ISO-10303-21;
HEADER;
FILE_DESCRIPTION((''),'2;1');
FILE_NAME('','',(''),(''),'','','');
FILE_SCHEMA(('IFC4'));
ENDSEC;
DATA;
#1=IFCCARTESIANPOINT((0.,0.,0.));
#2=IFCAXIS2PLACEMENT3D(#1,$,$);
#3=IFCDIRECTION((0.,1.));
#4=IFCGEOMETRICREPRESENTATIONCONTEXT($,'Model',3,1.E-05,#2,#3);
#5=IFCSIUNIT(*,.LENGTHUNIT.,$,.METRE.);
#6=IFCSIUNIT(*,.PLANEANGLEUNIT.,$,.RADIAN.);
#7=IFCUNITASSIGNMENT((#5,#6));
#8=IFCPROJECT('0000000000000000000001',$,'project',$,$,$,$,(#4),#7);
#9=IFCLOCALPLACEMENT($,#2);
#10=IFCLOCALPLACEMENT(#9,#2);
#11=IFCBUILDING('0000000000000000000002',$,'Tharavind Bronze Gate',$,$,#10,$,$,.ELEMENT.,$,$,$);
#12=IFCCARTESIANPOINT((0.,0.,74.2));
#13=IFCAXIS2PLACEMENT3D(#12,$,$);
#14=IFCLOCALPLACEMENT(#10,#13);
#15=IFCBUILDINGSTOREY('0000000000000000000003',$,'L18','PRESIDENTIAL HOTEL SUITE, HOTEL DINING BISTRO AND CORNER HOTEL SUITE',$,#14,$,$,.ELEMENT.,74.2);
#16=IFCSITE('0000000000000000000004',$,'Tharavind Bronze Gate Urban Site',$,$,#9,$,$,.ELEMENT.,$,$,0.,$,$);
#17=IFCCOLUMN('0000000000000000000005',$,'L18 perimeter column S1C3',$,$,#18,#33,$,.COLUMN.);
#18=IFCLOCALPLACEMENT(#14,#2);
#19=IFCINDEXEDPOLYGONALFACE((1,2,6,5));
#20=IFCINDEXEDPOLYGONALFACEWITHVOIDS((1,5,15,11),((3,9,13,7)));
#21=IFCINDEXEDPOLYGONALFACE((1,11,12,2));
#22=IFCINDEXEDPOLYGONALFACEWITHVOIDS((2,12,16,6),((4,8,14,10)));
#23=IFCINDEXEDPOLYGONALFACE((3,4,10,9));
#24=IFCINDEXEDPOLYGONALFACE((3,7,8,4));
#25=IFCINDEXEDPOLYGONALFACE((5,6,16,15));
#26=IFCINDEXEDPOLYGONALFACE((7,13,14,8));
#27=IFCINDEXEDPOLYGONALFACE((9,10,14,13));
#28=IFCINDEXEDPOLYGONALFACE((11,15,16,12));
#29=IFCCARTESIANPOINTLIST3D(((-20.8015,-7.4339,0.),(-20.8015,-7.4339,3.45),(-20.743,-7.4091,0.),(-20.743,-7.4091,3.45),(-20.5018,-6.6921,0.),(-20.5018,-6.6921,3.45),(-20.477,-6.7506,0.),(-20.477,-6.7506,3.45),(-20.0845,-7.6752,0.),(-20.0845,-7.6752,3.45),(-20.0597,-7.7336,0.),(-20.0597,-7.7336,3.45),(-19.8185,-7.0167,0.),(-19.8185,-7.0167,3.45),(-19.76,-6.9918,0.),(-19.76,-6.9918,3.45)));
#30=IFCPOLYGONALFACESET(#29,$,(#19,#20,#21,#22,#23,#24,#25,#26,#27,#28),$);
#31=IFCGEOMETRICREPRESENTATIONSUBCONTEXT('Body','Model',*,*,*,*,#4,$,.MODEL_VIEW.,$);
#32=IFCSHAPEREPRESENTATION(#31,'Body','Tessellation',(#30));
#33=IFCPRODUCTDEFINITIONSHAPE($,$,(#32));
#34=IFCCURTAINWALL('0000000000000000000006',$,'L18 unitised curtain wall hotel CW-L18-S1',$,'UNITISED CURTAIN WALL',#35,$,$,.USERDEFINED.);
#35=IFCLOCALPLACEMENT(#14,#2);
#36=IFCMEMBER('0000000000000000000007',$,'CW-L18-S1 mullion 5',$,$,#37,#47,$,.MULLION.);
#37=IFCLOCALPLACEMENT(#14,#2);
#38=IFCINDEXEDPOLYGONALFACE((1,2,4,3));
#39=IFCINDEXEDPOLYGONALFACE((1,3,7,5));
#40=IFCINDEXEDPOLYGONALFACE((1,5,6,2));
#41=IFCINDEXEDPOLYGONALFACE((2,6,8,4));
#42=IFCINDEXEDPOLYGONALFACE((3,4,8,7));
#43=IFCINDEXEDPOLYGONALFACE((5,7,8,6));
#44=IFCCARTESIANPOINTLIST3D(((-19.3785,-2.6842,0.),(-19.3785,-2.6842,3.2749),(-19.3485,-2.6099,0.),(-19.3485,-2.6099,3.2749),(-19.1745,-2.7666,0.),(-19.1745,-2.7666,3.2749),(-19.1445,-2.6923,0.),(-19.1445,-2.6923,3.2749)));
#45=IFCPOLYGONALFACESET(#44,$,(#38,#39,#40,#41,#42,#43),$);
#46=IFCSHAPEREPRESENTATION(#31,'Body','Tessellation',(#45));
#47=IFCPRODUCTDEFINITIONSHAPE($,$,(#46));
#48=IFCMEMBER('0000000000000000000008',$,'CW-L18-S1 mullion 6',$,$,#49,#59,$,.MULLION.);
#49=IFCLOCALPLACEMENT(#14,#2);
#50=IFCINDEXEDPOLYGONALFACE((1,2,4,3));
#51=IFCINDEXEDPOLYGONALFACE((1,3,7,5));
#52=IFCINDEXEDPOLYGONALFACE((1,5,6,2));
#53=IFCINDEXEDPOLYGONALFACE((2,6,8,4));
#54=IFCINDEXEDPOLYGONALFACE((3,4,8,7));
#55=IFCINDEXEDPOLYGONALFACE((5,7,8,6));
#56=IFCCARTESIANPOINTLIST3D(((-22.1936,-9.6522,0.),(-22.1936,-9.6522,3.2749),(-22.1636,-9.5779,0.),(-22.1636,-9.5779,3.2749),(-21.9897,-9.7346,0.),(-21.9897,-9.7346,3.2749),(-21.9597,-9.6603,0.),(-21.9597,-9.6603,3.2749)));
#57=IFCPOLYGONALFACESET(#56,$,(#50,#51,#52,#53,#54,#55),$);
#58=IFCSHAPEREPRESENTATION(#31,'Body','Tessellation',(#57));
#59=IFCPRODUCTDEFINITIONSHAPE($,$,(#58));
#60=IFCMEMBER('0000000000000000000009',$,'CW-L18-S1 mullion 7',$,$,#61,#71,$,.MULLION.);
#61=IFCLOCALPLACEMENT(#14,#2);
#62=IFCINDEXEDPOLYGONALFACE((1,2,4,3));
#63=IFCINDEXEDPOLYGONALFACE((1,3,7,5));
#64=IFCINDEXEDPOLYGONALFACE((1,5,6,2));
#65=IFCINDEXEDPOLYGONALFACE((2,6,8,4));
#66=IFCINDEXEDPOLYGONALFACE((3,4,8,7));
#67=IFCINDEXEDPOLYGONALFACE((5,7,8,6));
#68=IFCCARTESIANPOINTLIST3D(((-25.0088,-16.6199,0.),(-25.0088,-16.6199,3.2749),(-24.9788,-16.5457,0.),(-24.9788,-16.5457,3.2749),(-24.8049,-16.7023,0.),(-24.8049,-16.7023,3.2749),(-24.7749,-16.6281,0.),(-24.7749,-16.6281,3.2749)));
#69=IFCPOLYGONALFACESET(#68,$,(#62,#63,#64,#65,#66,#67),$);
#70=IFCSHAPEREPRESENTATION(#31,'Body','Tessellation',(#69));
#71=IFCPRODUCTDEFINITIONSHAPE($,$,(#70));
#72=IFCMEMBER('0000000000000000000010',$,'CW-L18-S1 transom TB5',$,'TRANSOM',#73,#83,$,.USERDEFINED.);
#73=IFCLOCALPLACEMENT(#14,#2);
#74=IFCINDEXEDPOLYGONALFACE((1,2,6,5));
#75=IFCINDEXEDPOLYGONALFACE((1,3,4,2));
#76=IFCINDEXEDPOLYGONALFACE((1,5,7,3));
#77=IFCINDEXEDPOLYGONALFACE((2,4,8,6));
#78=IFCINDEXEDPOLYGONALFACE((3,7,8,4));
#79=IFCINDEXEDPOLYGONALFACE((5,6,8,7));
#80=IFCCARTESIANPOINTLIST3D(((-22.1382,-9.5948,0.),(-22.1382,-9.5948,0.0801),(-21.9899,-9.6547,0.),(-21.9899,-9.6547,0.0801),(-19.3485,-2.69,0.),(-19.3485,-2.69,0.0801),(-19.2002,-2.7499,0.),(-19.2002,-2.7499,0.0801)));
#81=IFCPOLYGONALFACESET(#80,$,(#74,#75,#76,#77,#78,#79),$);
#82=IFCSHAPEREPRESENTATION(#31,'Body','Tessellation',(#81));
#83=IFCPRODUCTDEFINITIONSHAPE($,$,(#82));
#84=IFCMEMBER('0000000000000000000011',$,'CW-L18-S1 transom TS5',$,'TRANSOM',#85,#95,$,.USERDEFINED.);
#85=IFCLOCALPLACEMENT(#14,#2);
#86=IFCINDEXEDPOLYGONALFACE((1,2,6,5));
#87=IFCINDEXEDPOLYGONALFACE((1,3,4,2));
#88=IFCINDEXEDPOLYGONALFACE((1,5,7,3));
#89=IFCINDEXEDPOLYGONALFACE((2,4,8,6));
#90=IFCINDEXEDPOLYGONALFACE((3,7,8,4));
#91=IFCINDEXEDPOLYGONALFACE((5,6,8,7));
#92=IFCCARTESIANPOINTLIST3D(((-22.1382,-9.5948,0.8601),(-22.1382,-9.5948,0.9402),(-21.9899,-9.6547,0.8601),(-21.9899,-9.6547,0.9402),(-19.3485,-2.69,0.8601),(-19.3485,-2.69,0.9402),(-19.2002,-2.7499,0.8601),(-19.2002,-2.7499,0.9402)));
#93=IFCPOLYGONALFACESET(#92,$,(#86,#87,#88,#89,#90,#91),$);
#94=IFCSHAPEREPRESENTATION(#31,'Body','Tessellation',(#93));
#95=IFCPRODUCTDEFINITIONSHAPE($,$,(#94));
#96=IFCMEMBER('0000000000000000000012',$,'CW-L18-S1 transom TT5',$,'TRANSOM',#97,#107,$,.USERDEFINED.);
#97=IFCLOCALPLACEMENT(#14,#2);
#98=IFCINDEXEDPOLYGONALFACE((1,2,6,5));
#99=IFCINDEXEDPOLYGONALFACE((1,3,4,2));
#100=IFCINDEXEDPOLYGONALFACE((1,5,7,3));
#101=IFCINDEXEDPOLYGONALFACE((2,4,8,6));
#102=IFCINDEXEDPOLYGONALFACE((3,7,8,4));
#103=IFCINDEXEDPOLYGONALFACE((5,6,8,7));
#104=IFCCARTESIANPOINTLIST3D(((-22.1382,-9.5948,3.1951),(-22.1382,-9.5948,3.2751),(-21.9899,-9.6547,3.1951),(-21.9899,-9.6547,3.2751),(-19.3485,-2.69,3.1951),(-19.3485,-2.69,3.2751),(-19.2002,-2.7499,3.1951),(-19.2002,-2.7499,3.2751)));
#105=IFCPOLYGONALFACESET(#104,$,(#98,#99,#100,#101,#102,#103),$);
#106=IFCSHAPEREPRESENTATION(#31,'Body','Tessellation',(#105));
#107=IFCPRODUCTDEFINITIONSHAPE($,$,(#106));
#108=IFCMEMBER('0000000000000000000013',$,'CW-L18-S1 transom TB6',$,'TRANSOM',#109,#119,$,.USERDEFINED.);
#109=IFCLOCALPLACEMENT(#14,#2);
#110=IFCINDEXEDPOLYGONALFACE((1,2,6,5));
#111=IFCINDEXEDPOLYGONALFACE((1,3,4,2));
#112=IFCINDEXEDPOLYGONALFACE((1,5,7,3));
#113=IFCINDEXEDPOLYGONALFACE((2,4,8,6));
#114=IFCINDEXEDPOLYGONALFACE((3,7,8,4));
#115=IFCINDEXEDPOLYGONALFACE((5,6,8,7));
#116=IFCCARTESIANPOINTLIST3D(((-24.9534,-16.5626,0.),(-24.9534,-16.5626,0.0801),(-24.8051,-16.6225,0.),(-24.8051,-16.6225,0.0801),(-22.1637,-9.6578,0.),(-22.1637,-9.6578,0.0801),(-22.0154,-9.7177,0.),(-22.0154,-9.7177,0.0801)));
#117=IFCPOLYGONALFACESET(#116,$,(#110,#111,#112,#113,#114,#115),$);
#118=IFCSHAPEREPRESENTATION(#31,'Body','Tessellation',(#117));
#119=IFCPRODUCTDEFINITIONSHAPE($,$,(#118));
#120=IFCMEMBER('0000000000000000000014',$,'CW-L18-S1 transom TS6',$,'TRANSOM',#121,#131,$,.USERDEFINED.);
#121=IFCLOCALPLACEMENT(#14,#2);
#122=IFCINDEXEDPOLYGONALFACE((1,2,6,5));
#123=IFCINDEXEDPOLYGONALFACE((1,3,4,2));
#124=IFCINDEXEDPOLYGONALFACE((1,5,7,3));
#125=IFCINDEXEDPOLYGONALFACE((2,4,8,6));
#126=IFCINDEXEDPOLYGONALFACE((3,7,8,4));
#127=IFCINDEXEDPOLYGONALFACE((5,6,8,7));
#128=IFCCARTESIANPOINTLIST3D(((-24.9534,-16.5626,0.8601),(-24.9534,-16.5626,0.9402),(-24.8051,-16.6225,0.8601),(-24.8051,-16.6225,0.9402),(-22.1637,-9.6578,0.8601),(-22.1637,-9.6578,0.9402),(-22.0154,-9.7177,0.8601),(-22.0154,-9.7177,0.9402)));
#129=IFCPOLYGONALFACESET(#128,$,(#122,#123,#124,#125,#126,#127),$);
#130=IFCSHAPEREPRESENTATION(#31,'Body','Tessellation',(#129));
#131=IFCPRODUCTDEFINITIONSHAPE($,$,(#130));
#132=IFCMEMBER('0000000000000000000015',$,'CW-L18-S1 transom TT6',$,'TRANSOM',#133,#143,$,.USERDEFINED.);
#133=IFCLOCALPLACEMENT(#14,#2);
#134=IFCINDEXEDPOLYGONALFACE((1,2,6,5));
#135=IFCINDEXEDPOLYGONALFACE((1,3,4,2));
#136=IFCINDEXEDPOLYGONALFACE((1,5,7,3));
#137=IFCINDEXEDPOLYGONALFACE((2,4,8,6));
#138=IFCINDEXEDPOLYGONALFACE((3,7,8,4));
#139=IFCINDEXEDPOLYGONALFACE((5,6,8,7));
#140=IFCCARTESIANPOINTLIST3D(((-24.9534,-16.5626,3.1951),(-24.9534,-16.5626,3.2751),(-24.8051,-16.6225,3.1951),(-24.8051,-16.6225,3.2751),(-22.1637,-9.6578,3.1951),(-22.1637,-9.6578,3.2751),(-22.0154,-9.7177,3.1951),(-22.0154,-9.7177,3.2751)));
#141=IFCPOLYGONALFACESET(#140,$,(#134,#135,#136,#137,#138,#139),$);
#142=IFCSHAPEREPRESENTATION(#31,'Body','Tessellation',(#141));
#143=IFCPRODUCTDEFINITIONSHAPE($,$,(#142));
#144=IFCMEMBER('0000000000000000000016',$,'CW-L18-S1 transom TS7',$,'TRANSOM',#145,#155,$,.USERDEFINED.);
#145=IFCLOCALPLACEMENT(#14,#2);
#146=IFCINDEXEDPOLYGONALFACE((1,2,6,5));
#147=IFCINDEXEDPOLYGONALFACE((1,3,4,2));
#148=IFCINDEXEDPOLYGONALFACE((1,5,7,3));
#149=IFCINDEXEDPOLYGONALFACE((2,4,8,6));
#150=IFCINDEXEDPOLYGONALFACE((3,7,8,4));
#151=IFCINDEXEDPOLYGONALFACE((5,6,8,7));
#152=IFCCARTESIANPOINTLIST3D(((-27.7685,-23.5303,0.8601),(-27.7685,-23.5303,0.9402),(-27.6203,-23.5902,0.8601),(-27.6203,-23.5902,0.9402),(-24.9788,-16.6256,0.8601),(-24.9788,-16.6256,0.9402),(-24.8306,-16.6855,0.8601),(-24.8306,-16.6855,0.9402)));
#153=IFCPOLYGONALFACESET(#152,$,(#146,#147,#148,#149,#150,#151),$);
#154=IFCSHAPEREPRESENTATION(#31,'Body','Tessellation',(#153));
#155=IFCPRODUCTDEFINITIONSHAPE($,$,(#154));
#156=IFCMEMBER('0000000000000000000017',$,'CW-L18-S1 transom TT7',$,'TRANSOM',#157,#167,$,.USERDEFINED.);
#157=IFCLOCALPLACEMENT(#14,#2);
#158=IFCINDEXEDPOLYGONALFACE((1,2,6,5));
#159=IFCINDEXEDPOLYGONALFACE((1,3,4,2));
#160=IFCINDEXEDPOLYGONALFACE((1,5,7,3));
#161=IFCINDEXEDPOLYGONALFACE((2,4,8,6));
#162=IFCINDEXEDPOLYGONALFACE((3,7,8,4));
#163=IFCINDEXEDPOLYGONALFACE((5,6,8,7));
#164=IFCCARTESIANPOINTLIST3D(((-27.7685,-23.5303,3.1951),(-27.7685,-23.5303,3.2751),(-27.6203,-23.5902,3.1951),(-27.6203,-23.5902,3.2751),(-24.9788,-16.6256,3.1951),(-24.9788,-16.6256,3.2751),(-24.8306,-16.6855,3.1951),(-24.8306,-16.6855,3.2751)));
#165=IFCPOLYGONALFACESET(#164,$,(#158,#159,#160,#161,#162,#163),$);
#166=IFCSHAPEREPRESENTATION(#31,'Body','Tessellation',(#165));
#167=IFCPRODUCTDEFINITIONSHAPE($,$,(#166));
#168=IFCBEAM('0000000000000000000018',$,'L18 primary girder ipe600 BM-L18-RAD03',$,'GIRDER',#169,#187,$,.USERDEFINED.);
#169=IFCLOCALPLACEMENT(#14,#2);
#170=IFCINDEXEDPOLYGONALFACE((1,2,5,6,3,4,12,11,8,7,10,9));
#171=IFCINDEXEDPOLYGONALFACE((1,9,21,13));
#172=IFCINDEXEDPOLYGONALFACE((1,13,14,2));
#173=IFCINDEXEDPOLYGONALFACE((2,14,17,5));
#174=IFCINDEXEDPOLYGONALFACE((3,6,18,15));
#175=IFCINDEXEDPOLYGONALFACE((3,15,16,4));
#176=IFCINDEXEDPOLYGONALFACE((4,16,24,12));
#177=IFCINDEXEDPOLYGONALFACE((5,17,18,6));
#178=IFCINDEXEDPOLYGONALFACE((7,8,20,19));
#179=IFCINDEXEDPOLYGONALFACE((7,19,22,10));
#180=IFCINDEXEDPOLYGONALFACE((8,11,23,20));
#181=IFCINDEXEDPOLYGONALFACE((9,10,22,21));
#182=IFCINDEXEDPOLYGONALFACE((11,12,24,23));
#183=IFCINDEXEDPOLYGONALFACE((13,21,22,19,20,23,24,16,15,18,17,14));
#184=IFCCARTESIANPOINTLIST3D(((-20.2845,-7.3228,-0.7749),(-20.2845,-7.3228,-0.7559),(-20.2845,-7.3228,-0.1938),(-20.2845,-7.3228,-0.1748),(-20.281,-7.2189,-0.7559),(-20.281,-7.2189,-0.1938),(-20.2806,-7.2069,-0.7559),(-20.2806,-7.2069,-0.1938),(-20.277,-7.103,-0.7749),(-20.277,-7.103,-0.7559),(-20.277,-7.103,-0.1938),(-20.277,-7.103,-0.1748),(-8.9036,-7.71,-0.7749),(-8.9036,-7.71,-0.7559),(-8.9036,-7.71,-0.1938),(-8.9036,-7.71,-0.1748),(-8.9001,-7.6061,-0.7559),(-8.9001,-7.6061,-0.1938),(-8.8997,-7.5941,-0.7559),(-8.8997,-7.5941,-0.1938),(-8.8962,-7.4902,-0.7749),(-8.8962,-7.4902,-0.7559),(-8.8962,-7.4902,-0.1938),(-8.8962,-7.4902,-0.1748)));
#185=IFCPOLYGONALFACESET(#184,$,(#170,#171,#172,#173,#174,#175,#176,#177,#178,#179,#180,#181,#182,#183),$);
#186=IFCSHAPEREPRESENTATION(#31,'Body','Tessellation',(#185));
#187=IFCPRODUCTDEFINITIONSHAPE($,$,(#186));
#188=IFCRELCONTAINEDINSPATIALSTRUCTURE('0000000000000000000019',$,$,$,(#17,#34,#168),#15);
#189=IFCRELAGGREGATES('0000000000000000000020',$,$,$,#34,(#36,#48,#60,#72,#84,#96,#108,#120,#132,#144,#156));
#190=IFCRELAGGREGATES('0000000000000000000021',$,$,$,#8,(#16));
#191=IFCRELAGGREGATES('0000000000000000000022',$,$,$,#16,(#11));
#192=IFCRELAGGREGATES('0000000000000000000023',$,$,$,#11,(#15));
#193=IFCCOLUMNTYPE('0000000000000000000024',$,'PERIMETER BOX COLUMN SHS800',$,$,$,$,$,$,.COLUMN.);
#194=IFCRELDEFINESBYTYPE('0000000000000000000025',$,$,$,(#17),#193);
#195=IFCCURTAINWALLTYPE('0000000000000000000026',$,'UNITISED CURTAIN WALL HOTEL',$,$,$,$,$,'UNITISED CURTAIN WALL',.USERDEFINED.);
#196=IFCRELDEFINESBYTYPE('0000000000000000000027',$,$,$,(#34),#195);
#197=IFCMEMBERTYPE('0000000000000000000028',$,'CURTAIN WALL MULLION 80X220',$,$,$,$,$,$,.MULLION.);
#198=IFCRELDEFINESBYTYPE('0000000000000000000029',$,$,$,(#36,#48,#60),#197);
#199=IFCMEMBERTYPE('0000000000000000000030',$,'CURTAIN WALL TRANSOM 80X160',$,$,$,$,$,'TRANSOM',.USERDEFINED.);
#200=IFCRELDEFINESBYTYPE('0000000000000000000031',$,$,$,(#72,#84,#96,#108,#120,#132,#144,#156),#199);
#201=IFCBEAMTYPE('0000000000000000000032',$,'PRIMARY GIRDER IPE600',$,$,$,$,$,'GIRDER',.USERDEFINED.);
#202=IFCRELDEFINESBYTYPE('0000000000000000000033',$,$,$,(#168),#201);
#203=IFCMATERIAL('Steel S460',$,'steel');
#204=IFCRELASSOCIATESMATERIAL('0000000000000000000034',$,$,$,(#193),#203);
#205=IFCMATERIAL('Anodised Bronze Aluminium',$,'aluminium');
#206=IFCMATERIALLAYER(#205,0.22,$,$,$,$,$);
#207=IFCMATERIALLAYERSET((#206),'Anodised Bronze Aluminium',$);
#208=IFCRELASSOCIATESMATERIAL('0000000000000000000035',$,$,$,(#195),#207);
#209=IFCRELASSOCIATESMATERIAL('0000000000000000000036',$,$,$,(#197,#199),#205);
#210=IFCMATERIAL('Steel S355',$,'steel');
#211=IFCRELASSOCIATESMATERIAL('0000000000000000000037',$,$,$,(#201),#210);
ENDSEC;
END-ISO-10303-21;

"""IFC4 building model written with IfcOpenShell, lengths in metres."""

from ifc_helpers import new_model, si_unit, direction, frame, origin, origin_2d, place, context, subcontext, project, spatial, rectangle, hollow_rectangle, i_section, extrude, material, layer, layer_set, material_profile, profile_set, type_object, element, aggregate, save


model = new_model("IFC4")

# Units and contexts
model_context = context("Model", 3, precision=1e-05, world=origin(), true_north=direction((0.0, 1.0)))
body_context = subcontext(model_context, "Body", "Model", "MODEL_VIEW")
ifc_project = project(units=[si_unit("LENGTHUNIT", "METRE"), si_unit("PLANEANGLEUNIT", "RADIAN")], contexts=[model_context])

# Site, building, storey
site_placement = place(None, origin())
site = spatial("IfcSite", under=ifc_project, at=site_placement, Name="Tharavind Bronze Gate Urban Site", CompositionType="ELEMENT", RefElevation=0.0)
building_placement = place(site_placement, origin())
building = spatial("IfcBuilding", under=site, at=building_placement, Name="Tharavind Bronze Gate", CompositionType="ELEMENT")
storey_placement = place(building_placement, frame((0.0, 0.0, 74.2)))
storey = spatial("IfcBuildingStorey", under=building, at=storey_placement, Name="L18", Description="PRESIDENTIAL HOTEL SUITE, HOTEL DINING BISTRO AND CORNER HOTEL SUITE", CompositionType="ELEMENT", Elevation=74.2)

# Column
ifc_material_1 = material(Name="Steel S460", Category="steel")
ifc_material_profile_1 = material_profile(ifc_material_1, hollow_rectangle(XDim=0.8, YDim=0.8, WallThickness=0.0449, at=origin_2d()), Name="SHS800X45")
ifc_profile_set_1 = profile_set([ifc_material_profile_1], Name="Steel S460")
column_type = type_object("IfcColumnType", Name="PERIMETER BOX COLUMN SHS800", PredefinedType="COLUMN", material=ifc_profile_set_1)
column_placement = place(storey_placement, frame((-20.2808, -7.2129, 0.0), z_axis=(0.0, 0.0, 1.0), x_axis=(0.374608, 0.927183, 0.0)))
element("IfcColumn", 1, at=column_placement, inside=storey, type_object=column_type, Name="L18 perimeter column S1C3", PredefinedType="COLUMN", context=body_context, shape_type="SweptSolid", body=[
    extrude(hollow_rectangle(XDim=0.8, YDim=0.8, WallThickness=0.0449, at=origin_2d()), origin(), (0.0, 0.0, 1.0), 3.45),
])

# Curtain wall, members
ifc_material_2 = material(Name="Anodised Bronze Aluminium", Category="aluminium")
ifc_layer_1 = layer(ifc_material_2, 0.22)
ifc_layer_set_1 = layer_set([ifc_layer_1], Name="Anodised Bronze Aluminium")
curtain_wall_type = type_object("IfcCurtainWallType", Name="UNITISED CURTAIN WALL HOTEL", ElementType="UNITISED CURTAIN WALL", PredefinedType="USERDEFINED", material=ifc_layer_set_1)
curtain_wall_placement = place(storey_placement, origin())
curtain_wall = element("IfcCurtainWall", 2, at=curtain_wall_placement, inside=storey, type_object=curtain_wall_type, Name="L18 unitised curtain wall hotel CW-L18-S1", ObjectType="UNITISED CURTAIN WALL", PredefinedType="USERDEFINED")
member_type_1 = type_object("IfcMemberType", Name="CURTAIN WALL MULLION 80X220", PredefinedType="MULLION", material=ifc_material_2)
member_1_placement = place(storey_placement, frame((-19.2615, -2.6882, 0.0), z_axis=(0.0, 0.0, 1.0), x_axis=(-0.374607, -0.927184, 0.0)))
member_1 = element("IfcMember", 3, at=member_1_placement, type_object=member_type_1, Name="CW-L18-S1 mullion 5", PredefinedType="MULLION", context=body_context, shape_type="SweptSolid", body=[
    extrude(rectangle(XDim=0.0801, YDim=0.22, at=origin_2d()), origin(), (0.0, 0.0, 1.0), 3.2749),
])
member_2_placement = place(storey_placement, frame((-22.0767, -9.6562, 0.0), z_axis=(0.0, 0.0, 1.0), x_axis=(-0.374607, -0.927184, 0.0)))
member_2 = element("IfcMember", 4, at=member_2_placement, type_object=member_type_1, Name="CW-L18-S1 mullion 6", PredefinedType="MULLION", context=body_context, shape_type="SweptSolid", body=[
    extrude(rectangle(XDim=0.0801, YDim=0.22, at=origin_2d()), origin(), (0.0, 0.0, 1.0), 3.2749),
])
member_3_placement = place(storey_placement, frame((-24.8918, -16.624, 0.0), z_axis=(0.0, 0.0, 1.0), x_axis=(-0.374607, -0.927184, 0.0)))
member_3 = element("IfcMember", 5, at=member_3_placement, type_object=member_type_1, Name="CW-L18-S1 mullion 7", PredefinedType="MULLION", context=body_context, shape_type="SweptSolid", body=[
    extrude(rectangle(XDim=0.0801, YDim=0.22, at=origin_2d()), origin(), (0.0, 0.0, 1.0), 3.2749),
])
member_type_2 = type_object("IfcMemberType", Name="CURTAIN WALL TRANSOM 80X160", ElementType="TRANSOM", PredefinedType="USERDEFINED", material=ifc_material_2)
member_4_placement = place(storey_placement, frame((-20.6692, -6.1724, 0.0), z_axis=(0.0, 0.0, 1.0), x_axis=(-0.374607, -0.927184, 0.0)))
member_4 = element("IfcMember", 6, at=member_4_placement, type_object=member_type_2, Name="CW-L18-S1 transom TB5", ObjectType="TRANSOM", PredefinedType="USERDEFINED", context=body_context, shape_type="SweptSolid", body=[
    extrude(rectangle(XDim=7.447, YDim=0.1599, at=origin_2d()), origin(), (0.0, 0.0, 1.0), 0.0801),
])
member_5_placement = place(storey_placement, frame((-20.6692, -6.1724, 0.8601), z_axis=(0.0, 0.0, 1.0), x_axis=(-0.374607, -0.927184, 0.0)))
member_5 = element("IfcMember", 7, at=member_5_placement, type_object=member_type_2, Name="CW-L18-S1 transom TS5", ObjectType="TRANSOM", PredefinedType="USERDEFINED", context=body_context, shape_type="SweptSolid", body=[
    extrude(rectangle(XDim=7.447, YDim=0.1599, at=origin_2d()), origin(), (0.0, 0.0, 1.0), 0.0801),
])
member_6_placement = place(storey_placement, frame((-20.6692, -6.1724, 3.1951), z_axis=(0.0, 0.0, 1.0), x_axis=(-0.374607, -0.927184, 0.0)))
member_6 = element("IfcMember", 8, at=member_6_placement, type_object=member_type_2, Name="CW-L18-S1 transom TT5", ObjectType="TRANSOM", PredefinedType="USERDEFINED", context=body_context, shape_type="SweptSolid", body=[
    extrude(rectangle(XDim=7.447, YDim=0.1599, at=origin_2d()), origin(), (0.0, 0.0, 1.0), 0.0801),
])
member_7_placement = place(storey_placement, frame((-23.4844, -13.1401, 0.0), z_axis=(0.0, 0.0, 1.0), x_axis=(-0.374607, -0.927184, 0.0)))
member_7 = element("IfcMember", 9, at=member_7_placement, type_object=member_type_2, Name="CW-L18-S1 transom TB6", ObjectType="TRANSOM", PredefinedType="USERDEFINED", context=body_context, shape_type="SweptSolid", body=[
    extrude(rectangle(XDim=7.447, YDim=0.1599, at=origin_2d()), origin(), (0.0, 0.0, 1.0), 0.0801),
])
member_8_placement = place(storey_placement, frame((-23.4844, -13.1401, 0.8601), z_axis=(0.0, 0.0, 1.0), x_axis=(-0.374607, -0.927184, 0.0)))
member_8 = element("IfcMember", 10, at=member_8_placement, type_object=member_type_2, Name="CW-L18-S1 transom TS6", ObjectType="TRANSOM", PredefinedType="USERDEFINED", context=body_context, shape_type="SweptSolid", body=[
    extrude(rectangle(XDim=7.447, YDim=0.1599, at=origin_2d()), origin(), (0.0, 0.0, 1.0), 0.0801),
])
member_9_placement = place(storey_placement, frame((-23.4844, -13.1401, 3.1951), z_axis=(0.0, 0.0, 1.0), x_axis=(-0.374607, -0.927184, 0.0)))
member_9 = element("IfcMember", 11, at=member_9_placement, type_object=member_type_2, Name="CW-L18-S1 transom TT6", ObjectType="TRANSOM", PredefinedType="USERDEFINED", context=body_context, shape_type="SweptSolid", body=[
    extrude(rectangle(XDim=7.447, YDim=0.1599, at=origin_2d()), origin(), (0.0, 0.0, 1.0), 0.0801),
])
member_10_placement = place(storey_placement, frame((-26.2996, -20.1079, 0.8601), z_axis=(0.0, 0.0, 1.0), x_axis=(-0.374607, -0.927184, 0.0)))
member_10 = element("IfcMember", 12, at=member_10_placement, type_object=member_type_2, Name="CW-L18-S1 transom TS7", ObjectType="TRANSOM", PredefinedType="USERDEFINED", context=body_context, shape_type="SweptSolid", body=[
    extrude(rectangle(XDim=7.447, YDim=0.1599, at=origin_2d()), origin(), (0.0, 0.0, 1.0), 0.0801),
])
member_11_placement = place(storey_placement, frame((-26.2996, -20.1079, 3.1951), z_axis=(0.0, 0.0, 1.0), x_axis=(-0.374607, -0.927184, 0.0)))
member_11 = element("IfcMember", 13, at=member_11_placement, type_object=member_type_2, Name="CW-L18-S1 transom TT7", ObjectType="TRANSOM", PredefinedType="USERDEFINED", context=body_context, shape_type="SweptSolid", body=[
    extrude(rectangle(XDim=7.447, YDim=0.1599, at=origin_2d()), origin(), (0.0, 0.0, 1.0), 0.0801),
])

# Beam
ifc_material_3 = material(Name="Steel S355", Category="steel")
ifc_material_profile_2 = material_profile(ifc_material_3, i_section(OverallWidth=0.22, OverallDepth=0.6001, WebThickness=0.012, FlangeThickness=0.019, at=origin_2d()), Name="IPE600")
ifc_profile_set_2 = profile_set([ifc_material_profile_2], Name="Steel S355")
beam_type_1 = type_object("IfcBeamType", Name="PRIMARY GIRDER IPE600", ElementType="GIRDER", PredefinedType="USERDEFINED", material=ifc_profile_set_2)
beam_1_placement = place(storey_placement, frame((-20.2808, -7.2129, -0.4749), z_axis=(0.999422, -0.034003, 0.0), x_axis=(0.034003, 0.999422, 0.0)))
element("IfcBeam", 14, at=beam_1_placement, inside=storey, type_object=beam_type_1, Name="L18 primary girder ipe600 BM-L18-RAD03", ObjectType="GIRDER", PredefinedType="USERDEFINED", context=body_context, shape_type="SweptSolid", body=[
    extrude(i_section(OverallWidth=0.22, OverallDepth=0.6001, WebThickness=0.012, FlangeThickness=0.019, at=origin_2d()), origin(), (0.0, 0.0, 1.0), 11.3875),
])

aggregate(curtain_wall, [member_1, member_2, member_3, member_4, member_5, member_6, member_7, member_8, member_9, member_10, member_11])

save(model, "model.ifc")
